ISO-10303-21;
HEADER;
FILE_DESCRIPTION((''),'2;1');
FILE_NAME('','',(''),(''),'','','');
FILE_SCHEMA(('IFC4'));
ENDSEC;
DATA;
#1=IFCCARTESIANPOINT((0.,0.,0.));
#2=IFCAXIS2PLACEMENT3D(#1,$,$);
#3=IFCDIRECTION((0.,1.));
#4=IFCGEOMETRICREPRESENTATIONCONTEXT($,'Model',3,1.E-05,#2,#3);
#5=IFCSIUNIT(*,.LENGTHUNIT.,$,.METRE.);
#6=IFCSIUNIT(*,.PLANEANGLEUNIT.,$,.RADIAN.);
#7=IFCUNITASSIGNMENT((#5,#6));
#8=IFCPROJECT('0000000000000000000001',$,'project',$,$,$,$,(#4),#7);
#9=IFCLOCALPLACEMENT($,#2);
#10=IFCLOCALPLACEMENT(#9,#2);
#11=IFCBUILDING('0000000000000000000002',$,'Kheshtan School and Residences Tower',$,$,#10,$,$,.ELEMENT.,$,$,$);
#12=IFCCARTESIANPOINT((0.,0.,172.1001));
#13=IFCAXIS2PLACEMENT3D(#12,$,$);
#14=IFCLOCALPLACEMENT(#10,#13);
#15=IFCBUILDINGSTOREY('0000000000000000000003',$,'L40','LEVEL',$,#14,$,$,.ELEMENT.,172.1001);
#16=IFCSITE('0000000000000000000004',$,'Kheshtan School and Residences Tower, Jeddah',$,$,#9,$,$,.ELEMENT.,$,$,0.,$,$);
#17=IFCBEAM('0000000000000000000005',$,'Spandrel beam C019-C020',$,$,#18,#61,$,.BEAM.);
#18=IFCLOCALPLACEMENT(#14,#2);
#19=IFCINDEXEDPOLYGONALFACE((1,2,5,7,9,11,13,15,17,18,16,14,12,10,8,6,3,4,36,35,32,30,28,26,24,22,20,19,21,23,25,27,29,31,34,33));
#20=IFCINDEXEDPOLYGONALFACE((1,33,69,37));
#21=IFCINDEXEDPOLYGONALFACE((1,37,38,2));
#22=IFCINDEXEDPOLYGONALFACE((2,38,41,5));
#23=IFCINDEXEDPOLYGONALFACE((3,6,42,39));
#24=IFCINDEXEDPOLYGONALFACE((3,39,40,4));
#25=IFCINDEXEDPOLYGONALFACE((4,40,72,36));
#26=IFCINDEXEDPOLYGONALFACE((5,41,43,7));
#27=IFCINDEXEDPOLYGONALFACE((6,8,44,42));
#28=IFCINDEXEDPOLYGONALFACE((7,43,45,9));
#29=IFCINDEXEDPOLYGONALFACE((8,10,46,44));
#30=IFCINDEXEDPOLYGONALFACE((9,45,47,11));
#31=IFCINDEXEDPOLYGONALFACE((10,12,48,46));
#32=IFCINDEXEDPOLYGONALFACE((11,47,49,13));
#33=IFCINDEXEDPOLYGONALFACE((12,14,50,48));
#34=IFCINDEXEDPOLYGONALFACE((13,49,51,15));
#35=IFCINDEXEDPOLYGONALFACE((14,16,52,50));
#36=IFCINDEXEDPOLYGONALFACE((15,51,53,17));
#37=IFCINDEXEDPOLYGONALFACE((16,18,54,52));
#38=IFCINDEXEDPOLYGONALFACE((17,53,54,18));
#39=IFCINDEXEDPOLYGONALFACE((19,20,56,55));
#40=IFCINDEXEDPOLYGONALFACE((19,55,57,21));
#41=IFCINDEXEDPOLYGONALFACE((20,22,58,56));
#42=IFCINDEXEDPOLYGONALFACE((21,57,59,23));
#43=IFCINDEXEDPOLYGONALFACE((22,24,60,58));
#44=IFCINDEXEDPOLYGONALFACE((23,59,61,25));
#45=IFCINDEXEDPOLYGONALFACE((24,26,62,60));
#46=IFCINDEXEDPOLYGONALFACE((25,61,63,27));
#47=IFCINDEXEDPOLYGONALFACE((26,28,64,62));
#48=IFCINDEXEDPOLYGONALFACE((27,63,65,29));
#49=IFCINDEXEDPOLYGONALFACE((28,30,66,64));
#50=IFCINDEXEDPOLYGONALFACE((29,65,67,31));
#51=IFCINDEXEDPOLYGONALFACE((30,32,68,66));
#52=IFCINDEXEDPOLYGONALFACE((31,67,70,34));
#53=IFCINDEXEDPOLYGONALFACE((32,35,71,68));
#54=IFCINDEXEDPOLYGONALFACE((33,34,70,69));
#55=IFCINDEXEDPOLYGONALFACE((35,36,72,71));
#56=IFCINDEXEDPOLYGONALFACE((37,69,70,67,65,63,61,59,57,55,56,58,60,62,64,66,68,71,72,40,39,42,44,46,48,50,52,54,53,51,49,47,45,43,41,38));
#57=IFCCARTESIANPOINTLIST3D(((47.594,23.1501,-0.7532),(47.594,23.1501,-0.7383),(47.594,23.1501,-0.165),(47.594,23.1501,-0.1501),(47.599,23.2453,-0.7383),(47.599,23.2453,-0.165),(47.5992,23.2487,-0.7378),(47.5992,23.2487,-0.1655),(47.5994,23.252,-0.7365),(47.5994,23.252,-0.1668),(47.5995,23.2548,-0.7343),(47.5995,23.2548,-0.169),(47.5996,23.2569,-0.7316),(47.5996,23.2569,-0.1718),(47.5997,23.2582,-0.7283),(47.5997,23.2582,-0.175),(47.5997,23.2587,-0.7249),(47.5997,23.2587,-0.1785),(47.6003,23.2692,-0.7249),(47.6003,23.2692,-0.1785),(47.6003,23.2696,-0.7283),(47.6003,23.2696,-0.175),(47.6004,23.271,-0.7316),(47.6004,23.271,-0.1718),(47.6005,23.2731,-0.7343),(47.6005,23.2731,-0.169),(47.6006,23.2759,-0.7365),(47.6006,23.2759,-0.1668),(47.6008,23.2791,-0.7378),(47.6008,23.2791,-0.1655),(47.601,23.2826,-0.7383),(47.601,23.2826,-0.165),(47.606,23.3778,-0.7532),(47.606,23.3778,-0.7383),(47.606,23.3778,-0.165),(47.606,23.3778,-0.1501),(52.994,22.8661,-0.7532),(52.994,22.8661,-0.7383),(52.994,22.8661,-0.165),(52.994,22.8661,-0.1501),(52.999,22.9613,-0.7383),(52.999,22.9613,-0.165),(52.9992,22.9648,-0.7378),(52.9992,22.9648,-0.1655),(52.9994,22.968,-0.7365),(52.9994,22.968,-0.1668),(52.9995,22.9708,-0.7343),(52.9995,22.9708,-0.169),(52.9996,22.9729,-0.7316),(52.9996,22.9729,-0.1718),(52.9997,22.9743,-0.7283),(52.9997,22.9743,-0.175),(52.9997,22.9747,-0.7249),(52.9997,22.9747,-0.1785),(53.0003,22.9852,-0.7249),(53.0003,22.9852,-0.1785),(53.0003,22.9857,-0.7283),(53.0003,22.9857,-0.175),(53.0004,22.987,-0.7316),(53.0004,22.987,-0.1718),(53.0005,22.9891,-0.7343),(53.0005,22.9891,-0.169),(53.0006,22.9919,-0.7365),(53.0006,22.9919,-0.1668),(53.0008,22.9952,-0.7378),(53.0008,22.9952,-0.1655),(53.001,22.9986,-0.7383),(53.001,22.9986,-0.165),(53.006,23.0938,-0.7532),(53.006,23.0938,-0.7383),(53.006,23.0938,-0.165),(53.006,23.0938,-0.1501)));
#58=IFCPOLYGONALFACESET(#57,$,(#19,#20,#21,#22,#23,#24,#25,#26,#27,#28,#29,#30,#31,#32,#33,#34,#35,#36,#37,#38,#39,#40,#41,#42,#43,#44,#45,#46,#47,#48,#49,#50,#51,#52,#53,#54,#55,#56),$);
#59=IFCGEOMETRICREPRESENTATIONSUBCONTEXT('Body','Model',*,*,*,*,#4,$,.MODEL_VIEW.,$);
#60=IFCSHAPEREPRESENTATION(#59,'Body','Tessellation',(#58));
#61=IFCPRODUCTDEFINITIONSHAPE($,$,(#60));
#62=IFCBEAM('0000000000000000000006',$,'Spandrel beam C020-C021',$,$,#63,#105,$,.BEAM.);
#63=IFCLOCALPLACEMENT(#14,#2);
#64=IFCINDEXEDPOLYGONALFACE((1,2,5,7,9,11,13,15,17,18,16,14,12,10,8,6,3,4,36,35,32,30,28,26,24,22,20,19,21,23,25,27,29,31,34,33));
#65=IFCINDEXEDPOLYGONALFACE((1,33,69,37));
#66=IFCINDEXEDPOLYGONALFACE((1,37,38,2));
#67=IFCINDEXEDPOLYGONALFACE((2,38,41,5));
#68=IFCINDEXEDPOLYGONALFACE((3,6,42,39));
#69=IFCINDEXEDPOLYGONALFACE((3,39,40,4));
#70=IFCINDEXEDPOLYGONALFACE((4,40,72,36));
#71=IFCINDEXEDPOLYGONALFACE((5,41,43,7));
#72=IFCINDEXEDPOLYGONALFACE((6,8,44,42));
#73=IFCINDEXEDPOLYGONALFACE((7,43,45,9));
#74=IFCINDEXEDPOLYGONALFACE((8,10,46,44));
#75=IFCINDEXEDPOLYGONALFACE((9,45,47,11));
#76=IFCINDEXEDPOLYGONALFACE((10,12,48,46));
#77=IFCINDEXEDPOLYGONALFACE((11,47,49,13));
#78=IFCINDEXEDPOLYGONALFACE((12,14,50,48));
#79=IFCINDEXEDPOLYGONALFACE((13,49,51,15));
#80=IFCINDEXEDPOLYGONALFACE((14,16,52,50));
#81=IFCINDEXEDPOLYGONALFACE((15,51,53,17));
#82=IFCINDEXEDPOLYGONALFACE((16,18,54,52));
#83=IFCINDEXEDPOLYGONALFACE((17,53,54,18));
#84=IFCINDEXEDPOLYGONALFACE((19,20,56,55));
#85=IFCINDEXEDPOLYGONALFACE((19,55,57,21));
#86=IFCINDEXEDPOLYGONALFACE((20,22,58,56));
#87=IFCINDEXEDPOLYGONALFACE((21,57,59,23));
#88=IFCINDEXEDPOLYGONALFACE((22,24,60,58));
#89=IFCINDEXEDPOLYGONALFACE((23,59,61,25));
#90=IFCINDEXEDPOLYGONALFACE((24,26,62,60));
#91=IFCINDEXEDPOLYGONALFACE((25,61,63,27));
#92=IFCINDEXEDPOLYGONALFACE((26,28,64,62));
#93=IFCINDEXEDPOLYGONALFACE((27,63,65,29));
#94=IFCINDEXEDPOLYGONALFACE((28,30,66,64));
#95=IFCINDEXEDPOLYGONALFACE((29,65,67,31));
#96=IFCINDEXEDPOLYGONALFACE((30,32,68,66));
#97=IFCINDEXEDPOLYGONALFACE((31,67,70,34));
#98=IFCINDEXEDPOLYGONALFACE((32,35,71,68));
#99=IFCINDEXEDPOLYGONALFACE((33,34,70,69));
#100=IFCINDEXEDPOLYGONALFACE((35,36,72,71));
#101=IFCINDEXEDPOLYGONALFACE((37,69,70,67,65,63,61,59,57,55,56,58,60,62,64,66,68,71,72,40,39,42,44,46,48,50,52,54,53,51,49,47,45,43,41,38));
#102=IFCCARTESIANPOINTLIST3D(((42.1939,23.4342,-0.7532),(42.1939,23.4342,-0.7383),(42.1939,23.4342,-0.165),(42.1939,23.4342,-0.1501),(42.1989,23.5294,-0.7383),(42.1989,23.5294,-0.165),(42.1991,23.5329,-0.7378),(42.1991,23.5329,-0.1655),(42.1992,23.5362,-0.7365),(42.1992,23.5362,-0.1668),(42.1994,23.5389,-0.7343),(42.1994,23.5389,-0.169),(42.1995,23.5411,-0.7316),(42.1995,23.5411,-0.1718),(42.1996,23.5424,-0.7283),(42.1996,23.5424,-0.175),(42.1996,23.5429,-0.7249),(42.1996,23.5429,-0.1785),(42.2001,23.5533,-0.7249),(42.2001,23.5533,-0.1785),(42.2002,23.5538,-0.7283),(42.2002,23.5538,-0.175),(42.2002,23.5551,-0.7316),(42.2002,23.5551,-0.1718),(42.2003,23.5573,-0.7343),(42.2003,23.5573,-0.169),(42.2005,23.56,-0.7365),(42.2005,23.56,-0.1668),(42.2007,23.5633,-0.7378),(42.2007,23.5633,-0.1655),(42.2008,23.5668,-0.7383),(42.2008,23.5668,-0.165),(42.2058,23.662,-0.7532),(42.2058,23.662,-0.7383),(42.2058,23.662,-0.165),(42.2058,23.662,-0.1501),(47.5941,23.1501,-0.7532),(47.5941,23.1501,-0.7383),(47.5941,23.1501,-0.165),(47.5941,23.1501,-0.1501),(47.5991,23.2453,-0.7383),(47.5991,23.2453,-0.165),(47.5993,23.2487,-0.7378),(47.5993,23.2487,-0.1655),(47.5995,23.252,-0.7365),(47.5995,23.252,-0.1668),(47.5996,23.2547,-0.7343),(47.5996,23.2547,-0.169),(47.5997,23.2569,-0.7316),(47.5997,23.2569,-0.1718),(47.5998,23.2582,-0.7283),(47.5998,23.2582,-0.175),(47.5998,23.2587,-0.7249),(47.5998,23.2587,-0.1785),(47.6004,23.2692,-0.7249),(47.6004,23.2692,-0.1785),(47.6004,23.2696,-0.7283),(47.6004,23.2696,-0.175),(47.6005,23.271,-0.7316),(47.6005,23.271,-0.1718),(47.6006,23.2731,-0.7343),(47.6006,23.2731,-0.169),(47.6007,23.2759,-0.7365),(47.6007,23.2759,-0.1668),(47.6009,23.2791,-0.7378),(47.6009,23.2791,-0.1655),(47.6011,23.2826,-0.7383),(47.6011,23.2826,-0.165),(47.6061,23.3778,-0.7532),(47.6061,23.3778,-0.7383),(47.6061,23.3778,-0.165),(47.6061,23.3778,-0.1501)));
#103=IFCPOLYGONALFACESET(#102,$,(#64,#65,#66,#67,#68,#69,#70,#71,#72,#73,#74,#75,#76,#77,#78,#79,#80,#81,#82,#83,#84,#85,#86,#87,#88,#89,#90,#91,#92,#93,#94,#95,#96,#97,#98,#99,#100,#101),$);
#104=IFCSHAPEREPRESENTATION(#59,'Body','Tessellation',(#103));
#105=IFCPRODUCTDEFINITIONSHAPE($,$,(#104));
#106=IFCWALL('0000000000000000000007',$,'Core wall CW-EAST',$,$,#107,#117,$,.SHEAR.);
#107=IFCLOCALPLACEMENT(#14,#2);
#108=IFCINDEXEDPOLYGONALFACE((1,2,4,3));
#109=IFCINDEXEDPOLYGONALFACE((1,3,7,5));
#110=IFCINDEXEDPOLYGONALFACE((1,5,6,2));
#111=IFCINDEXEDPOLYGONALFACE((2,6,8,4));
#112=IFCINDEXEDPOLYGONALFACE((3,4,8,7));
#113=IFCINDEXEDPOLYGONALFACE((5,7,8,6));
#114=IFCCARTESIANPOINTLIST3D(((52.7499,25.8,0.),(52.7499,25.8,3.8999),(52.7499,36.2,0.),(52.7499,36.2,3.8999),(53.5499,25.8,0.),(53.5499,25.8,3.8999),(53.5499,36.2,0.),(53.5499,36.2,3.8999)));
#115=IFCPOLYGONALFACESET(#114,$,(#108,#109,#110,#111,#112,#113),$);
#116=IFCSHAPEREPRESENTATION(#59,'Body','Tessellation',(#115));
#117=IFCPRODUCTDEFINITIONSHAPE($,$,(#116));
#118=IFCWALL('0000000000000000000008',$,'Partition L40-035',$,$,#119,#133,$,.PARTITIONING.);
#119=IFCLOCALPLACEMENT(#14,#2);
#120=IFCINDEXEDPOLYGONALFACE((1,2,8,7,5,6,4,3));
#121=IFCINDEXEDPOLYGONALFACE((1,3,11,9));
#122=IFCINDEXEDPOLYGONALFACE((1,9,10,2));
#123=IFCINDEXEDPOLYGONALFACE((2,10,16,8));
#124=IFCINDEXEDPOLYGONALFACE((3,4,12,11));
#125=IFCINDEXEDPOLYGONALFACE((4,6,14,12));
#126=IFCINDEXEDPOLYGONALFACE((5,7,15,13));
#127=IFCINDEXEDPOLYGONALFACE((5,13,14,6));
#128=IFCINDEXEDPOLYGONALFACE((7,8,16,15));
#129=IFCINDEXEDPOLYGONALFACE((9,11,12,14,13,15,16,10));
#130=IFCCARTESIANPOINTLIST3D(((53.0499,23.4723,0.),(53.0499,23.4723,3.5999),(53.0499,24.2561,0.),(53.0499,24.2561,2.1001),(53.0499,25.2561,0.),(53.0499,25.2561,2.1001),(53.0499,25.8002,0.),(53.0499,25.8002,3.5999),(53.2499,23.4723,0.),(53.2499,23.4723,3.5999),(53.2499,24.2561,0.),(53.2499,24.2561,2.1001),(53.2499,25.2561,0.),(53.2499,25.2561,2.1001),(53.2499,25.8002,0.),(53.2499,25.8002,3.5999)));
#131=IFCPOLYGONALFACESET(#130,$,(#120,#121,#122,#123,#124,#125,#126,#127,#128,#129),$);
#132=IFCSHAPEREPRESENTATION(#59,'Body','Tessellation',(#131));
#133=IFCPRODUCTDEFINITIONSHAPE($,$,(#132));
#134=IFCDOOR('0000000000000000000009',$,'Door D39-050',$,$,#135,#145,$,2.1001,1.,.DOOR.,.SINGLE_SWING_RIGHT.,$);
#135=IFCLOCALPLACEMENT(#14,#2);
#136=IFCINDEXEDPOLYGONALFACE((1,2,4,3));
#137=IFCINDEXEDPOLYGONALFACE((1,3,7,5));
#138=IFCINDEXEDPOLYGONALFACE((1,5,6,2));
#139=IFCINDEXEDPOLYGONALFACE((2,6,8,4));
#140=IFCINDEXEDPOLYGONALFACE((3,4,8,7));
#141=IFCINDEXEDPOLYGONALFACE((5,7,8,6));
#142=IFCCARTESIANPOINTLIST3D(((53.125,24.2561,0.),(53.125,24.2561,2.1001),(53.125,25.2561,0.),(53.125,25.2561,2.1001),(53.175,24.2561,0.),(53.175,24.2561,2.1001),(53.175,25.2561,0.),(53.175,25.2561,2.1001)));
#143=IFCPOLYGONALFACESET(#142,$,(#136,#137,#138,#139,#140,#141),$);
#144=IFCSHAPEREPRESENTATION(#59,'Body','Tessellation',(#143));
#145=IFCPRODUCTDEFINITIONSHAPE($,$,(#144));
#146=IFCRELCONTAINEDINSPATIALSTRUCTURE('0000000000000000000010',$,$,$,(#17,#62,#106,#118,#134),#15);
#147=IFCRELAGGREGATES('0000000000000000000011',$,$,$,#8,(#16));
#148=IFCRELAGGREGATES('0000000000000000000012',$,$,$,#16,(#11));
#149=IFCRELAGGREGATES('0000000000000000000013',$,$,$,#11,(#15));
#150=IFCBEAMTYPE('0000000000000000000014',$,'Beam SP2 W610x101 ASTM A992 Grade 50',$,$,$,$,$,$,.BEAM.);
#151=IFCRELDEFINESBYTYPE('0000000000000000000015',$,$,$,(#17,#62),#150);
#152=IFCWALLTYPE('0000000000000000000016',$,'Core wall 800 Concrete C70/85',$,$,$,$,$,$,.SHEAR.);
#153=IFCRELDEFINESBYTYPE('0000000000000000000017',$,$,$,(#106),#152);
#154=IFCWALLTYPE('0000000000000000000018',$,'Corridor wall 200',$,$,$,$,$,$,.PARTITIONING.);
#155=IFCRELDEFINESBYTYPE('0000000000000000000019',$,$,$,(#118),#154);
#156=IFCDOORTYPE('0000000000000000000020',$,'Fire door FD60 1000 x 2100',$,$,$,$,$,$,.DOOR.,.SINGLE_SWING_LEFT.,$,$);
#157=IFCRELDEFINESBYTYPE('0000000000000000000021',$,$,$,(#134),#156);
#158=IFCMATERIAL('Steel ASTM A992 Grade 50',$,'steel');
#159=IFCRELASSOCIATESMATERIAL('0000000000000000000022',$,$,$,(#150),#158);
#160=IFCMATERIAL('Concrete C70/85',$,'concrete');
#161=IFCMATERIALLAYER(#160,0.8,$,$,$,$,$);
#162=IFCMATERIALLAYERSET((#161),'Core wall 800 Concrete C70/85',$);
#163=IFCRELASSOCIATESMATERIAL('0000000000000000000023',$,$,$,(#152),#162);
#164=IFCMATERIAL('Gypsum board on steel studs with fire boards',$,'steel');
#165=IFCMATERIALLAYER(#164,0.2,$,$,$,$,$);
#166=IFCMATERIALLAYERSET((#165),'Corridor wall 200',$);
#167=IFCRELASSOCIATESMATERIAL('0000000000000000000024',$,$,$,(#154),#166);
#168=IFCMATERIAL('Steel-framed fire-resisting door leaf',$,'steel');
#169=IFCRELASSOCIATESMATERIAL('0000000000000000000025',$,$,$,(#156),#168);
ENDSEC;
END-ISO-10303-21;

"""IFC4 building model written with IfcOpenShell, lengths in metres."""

from ifc_helpers import new_model, si_unit, direction, frame, frame_2d, origin, origin_2d, place, context, subcontext, project, spatial, rectangle, i_section, extrude, source, transform, mapped, material, layer, layer_set, material_profile, profile_set, type_object, element, fill, save


model = new_model("IFC4")

# Units and contexts
model_context = context("Model", 3, precision=1e-05, world=origin(), true_north=direction((0.0, 1.0)))
body_context = subcontext(model_context, "Body", "Model", "MODEL_VIEW")
ifc_project = project(units=[si_unit("LENGTHUNIT", "METRE"), si_unit("PLANEANGLEUNIT", "RADIAN")], contexts=[model_context])

# Site, building, storey
site_placement = place(None, origin())
site = spatial("IfcSite", under=ifc_project, at=site_placement, Name="Kheshtan School and Residences Tower, Jeddah", CompositionType="ELEMENT", RefElevation=0.0)
building_placement = place(site_placement, origin())
building = spatial("IfcBuilding", under=site, at=building_placement, Name="Kheshtan School and Residences Tower", CompositionType="ELEMENT")
storey_placement = place(building_placement, frame((0.0, 0.0, 172.1001)))
storey = spatial("IfcBuildingStorey", under=building, at=storey_placement, Name="L40", Description="LEVEL", CompositionType="ELEMENT", Elevation=172.1001)

# Shared definitions
ifc_material_1 = material(Name="Steel ASTM A992 Grade 50", Category="steel")

# Beams
ifc_material_profile_1 = material_profile(ifc_material_1, i_section(OverallWidth=0.228, OverallDepth=0.603, WebThickness=0.0105, FlangeThickness=0.0149, FilletRadius=0.0134, at=origin_2d()), Name="W610x101")
ifc_profile_set_1 = profile_set([ifc_material_profile_1], Name="Steel ASTM A992 Grade 50")
beam_type_1 = type_object("IfcBeamType", Name="Beam SP2 W610x101 ASTM A992 Grade 50", PredefinedType="BEAM", material=ifc_profile_set_1)
for number, where, z_axis, x_axis, name in (
    (1, (53.0, 22.98, -0.4517), (-0.99862, 0.052509, 0.0), (-0.052509, -0.99862, 0.0), "Spandrel beam C019-C020"),
):
    element("IfcBeam", number, at=place(storey_placement, frame(where, z_axis=z_axis, x_axis=x_axis)), inside=storey, type_object=beam_type_1, Name=name, PredefinedType="BEAM", context=body_context, shape_type="SweptSolid", body=[
        extrude(i_section(OverallWidth=0.228, OverallDepth=0.603, WebThickness=0.0105, FlangeThickness=0.0149, FilletRadius=0.0134, at=origin_2d()), origin(), (0.0, 0.0, 1.0), 5.4075),
    ])
beam_1_placement = place(storey_placement, frame((47.6001, 23.2639, -0.4517), z_axis=(-0.998618, 0.052552, 0.0), x_axis=(-0.052552, -0.998618, 0.0)))
element("IfcBeam", 2, at=beam_1_placement, inside=storey, type_object=beam_type_1, Name="Spandrel beam C020-C021", PredefinedType="BEAM", context=body_context, shape_type="SweptSolid", body=[
    extrude(i_section(OverallWidth=0.228, OverallDepth=0.603, WebThickness=0.0105, FlangeThickness=0.0149, FilletRadius=0.0134, at=origin_2d()), origin(), (0.0, 0.0, 1.0), 5.4077),
])

# Wall
ifc_material_2 = material(Name="Concrete C70/85", Category="concrete")
ifc_layer_1 = layer(ifc_material_2, 0.8)
ifc_layer_set_1 = layer_set([ifc_layer_1], Name="Core wall 800 Concrete C70/85")
wall_type_1 = type_object("IfcWallType", Name="Core wall 800 Concrete C70/85", PredefinedType="SHEAR", material=ifc_layer_set_1)
wall_1_placement = place(storey_placement, frame((53.1499, 25.8, 0.0), z_axis=(0.0, 0.0, 1.0), x_axis=(0.0, 1.0, 0.0)))
element("IfcWall", 3, at=wall_1_placement, inside=storey, type_object=wall_type_1, Name="Core wall CW-EAST", PredefinedType="SHEAR", context=body_context, shape_type="SweptSolid", body=[
    extrude(rectangle(XDim=10.3999, YDim=0.8, at=frame_2d((5.2, 0.0))), origin(), (0.0, 0.0, 1.0), 3.8999),
])

# Wall, opening, door
ifc_material_3 = material(Name="Gypsum board on steel studs with fire boards", Category="steel")
ifc_layer_2 = layer(ifc_material_3, 0.2)
ifc_layer_set_2 = layer_set([ifc_layer_2], Name="Corridor wall 200")
wall_type_2 = type_object("IfcWallType", Name="Corridor wall 200", PredefinedType="PARTITIONING", material=ifc_layer_set_2)
wall_2_placement = place(storey_placement, frame((53.1499, 23.4722, 0.0), z_axis=(0.0, 0.0, 1.0), x_axis=(0.0, 1.0, 0.0)))
wall_2 = element("IfcWall", 4, at=wall_2_placement, inside=storey, type_object=wall_type_2, Name="Partition L40-035", PredefinedType="PARTITIONING", context=body_context, shape_type="SweptSolid", body=[
    extrude(rectangle(XDim=2.3279, YDim=0.2, at=frame_2d((1.1641, 0.0))), origin(), (0.0, 0.0, 1.0), 3.5999),
])
opening_1_placement = place(wall_2_placement, frame((0.7839, 0.0, 0.0)))
opening_1 = element("IfcOpeningElement", 5, at=opening_1_placement, cuts=wall_2, PredefinedType="OPENING", context=body_context, shape_type="SweptSolid", body=[
    extrude(rectangle(XDim=1.0, YDim=2.1001, at=frame_2d((0.5, 1.05))), frame((0.0, 0.1099, 0.0), z_axis=(0.0, -1.0, 0.0), x_axis=(1.0, 0.0, 0.0)), (0.0, 0.0, 1.0), 0.22),
])
ifc_material_4 = material(Name="Steel-framed fire-resisting door leaf", Category="steel")
door_type_1 = type_object("IfcDoorType", Name="Fire door FD60 1000 x 2100", OperationType="SINGLE_SWING_LEFT", PredefinedType="DOOR", material=ifc_material_4)
shared_shape_1 = source(origin(), body_context, "Body", "SweptSolid", [
    extrude(rectangle(XDim=1.0, YDim=2.1001, at=frame_2d((0.5, 1.05))), frame((0.0, 0.0249, 0.0), z_axis=(0.0, -1.0, 0.0), x_axis=(1.0, 0.0, 0.0)), (0.0, 0.0, 1.0), 0.05),
])
door_1_placement = place(opening_1_placement, origin())
door_1 = element("IfcDoor", 6, at=door_1_placement, inside=storey, type_object=door_type_1, Name="Door D39-050", OperationType="SINGLE_SWING_RIGHT", OverallHeight=2.1001, OverallWidth=1.0, PredefinedType="DOOR", context=body_context, shape_type="MappedRepresentation", body=[
    mapped(shared_shape_1, transform((0.0, 0.0, 0.0), x_axis=(1.0, 0.0, 0.0), y_axis=(0.0, 1.0, 0.0), z_axis=(0.0, 0.0, 1.0), scale=1.0)),
])
fill(opening_1, door_1)

save(model, "model.ifc")
